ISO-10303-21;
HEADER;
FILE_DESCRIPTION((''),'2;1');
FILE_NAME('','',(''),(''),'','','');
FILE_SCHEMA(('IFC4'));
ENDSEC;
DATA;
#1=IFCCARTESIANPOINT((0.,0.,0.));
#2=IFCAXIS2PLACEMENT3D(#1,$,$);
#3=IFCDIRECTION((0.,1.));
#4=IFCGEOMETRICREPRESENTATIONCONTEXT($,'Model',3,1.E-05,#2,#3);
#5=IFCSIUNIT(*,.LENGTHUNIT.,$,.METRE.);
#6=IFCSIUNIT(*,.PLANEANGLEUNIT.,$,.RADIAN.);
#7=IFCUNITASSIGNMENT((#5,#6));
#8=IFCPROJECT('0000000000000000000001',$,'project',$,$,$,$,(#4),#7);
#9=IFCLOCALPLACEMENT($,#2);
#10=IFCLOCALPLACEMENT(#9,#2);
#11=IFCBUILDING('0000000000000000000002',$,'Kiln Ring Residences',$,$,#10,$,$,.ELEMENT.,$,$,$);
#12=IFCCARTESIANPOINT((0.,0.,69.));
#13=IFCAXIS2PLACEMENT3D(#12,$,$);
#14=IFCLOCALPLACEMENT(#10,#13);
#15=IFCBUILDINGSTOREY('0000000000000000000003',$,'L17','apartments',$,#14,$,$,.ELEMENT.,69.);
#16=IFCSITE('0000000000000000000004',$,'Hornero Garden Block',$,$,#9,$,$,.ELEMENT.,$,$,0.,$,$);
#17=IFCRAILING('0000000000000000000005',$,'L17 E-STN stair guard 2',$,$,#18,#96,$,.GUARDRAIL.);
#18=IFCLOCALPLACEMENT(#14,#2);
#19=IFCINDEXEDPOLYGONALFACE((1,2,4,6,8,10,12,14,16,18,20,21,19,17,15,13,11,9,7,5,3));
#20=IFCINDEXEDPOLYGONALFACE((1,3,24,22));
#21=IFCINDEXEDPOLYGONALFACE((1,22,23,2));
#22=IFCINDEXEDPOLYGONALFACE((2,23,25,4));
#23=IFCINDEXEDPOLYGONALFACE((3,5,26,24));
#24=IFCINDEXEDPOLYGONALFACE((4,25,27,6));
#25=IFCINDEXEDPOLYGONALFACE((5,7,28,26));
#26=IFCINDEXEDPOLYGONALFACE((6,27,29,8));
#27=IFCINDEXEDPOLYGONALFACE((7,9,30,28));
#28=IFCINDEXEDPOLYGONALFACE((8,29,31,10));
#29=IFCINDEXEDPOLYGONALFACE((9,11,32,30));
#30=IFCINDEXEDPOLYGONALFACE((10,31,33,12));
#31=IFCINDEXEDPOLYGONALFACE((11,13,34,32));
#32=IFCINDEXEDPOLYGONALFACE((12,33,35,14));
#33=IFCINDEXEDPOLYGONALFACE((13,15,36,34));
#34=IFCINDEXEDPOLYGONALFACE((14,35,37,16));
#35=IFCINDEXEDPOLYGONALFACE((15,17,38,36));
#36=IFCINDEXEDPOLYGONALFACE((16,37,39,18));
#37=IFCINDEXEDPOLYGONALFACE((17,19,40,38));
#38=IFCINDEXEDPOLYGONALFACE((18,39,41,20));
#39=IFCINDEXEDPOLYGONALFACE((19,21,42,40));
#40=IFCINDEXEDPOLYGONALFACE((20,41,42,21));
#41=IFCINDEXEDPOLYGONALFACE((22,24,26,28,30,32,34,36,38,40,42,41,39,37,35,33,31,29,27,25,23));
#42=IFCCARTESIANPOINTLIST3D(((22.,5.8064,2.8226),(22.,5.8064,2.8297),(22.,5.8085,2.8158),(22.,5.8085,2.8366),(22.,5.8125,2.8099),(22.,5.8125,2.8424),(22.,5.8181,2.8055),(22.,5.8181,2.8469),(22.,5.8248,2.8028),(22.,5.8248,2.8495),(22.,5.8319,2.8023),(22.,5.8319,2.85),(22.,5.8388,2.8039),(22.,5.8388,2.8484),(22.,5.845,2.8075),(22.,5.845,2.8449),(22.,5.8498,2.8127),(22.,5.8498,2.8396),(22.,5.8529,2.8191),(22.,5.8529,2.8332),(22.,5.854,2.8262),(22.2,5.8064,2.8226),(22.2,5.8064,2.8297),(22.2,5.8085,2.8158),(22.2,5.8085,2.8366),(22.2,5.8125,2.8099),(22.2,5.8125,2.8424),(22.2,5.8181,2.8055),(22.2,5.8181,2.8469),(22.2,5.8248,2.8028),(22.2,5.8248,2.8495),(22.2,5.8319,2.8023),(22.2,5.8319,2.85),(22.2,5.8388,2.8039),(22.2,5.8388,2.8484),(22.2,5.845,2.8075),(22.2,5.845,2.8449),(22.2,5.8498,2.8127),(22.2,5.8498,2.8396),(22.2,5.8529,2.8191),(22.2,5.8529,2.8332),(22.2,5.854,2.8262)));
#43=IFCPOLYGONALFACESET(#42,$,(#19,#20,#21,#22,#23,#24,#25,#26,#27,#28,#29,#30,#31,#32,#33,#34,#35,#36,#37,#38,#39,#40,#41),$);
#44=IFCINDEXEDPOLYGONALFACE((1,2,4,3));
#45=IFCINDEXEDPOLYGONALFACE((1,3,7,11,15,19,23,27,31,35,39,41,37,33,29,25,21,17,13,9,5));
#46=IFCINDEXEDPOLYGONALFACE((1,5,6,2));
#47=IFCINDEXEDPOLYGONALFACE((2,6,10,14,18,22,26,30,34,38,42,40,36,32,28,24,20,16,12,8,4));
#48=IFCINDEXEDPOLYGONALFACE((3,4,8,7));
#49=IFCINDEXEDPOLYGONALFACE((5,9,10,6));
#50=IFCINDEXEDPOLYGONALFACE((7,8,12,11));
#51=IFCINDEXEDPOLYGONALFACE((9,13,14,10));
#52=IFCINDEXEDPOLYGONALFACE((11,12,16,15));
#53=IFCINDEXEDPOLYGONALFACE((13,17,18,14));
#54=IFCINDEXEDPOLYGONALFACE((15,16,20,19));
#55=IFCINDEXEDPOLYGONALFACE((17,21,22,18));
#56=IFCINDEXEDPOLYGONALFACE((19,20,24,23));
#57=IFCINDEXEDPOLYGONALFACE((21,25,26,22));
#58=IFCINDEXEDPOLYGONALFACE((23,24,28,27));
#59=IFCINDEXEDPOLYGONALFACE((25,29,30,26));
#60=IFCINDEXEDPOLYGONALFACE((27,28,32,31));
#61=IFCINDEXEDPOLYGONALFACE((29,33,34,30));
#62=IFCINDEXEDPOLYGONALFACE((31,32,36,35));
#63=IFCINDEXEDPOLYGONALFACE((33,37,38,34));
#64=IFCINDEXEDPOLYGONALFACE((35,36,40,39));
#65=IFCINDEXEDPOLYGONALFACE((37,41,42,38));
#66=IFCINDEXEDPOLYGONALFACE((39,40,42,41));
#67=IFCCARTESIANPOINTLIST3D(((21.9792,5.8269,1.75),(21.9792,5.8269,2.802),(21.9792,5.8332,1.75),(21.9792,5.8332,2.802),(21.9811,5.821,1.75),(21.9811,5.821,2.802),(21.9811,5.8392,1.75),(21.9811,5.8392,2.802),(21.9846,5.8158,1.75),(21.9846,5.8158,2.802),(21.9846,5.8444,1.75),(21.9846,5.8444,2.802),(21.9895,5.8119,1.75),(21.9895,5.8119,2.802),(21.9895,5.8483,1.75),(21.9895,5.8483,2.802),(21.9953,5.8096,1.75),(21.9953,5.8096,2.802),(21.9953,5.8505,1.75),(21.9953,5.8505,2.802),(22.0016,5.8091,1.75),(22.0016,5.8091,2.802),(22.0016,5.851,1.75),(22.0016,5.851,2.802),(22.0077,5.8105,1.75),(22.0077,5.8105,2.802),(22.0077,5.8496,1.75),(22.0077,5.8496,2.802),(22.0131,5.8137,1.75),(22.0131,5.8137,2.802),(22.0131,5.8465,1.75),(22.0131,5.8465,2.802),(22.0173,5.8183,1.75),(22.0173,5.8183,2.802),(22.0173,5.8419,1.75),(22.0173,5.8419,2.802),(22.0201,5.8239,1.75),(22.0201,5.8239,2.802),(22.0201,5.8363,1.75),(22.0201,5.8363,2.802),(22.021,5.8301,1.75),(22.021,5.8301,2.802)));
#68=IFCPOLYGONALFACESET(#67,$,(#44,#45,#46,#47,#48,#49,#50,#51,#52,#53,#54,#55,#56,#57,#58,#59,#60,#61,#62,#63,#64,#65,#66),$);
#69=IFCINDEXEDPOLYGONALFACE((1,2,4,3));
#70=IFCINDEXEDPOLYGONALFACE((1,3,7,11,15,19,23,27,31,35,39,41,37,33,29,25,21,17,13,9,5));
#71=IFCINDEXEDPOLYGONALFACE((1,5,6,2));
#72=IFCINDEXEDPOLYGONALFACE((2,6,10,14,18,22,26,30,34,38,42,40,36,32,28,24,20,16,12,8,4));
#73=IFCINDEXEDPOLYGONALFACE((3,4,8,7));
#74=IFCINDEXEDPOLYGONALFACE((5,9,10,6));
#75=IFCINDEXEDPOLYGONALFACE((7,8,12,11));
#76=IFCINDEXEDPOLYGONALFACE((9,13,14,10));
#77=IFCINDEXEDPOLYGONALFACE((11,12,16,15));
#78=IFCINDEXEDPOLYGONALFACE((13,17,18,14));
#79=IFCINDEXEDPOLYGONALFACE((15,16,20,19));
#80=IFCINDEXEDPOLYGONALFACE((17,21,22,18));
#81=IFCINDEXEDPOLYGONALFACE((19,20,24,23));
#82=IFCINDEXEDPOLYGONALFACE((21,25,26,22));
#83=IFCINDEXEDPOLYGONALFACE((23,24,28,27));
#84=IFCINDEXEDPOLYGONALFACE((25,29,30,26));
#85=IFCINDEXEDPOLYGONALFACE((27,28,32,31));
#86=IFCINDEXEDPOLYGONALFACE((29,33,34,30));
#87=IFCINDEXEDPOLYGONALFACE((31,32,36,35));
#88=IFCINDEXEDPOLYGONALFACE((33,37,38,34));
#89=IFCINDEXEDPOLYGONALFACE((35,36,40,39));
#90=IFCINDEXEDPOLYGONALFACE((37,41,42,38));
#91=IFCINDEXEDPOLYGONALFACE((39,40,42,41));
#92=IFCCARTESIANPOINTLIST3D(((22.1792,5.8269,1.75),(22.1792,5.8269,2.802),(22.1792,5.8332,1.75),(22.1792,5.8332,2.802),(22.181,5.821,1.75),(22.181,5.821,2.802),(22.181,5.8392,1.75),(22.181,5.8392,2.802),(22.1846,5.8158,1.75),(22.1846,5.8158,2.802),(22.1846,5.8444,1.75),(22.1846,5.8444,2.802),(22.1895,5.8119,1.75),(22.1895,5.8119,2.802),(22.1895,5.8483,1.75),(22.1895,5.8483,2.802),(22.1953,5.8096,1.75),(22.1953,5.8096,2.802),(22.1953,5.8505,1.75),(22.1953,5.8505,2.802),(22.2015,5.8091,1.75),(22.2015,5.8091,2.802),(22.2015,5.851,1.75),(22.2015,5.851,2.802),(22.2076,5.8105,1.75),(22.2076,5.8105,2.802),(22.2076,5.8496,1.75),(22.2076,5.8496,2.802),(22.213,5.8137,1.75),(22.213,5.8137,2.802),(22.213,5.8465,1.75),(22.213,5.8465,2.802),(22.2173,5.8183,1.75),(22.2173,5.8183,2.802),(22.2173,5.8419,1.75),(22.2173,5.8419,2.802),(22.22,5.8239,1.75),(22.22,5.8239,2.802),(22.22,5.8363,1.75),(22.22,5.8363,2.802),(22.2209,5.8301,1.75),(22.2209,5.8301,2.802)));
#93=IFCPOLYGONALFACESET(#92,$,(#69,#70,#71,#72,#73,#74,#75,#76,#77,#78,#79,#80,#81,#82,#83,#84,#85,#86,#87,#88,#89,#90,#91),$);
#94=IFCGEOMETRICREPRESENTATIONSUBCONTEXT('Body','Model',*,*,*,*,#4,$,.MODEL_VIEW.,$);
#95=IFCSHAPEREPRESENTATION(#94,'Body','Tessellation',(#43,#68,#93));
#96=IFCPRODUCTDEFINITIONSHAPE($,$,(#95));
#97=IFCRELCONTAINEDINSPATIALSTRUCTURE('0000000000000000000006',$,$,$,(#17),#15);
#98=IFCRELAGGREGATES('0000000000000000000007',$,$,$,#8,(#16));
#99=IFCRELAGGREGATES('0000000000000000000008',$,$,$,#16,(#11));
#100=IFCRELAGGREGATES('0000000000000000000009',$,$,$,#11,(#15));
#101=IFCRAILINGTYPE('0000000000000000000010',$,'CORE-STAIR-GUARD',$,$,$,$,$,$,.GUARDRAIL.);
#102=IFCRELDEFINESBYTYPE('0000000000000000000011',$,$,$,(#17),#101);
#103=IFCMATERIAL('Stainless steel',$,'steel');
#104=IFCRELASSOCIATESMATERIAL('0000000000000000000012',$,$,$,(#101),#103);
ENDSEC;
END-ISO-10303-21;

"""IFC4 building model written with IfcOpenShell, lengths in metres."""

from ifc_helpers import new_model, si_unit, direction, frame, origin, origin_2d, place, context, subcontext, project, spatial, circle, extrude, material, type_object, element, save


model = new_model("IFC4")

# Units and contexts
model_context = context("Model", 3, precision=1e-05, world=origin(), true_north=direction((0.0, 1.0)))
body_context = subcontext(model_context, "Body", "Model", "MODEL_VIEW")
ifc_project = project(units=[si_unit("LENGTHUNIT", "METRE"), si_unit("PLANEANGLEUNIT", "RADIAN")], contexts=[model_context])

# Site, building, storey
site_placement = place(None, origin())
site = spatial("IfcSite", under=ifc_project, at=site_placement, Name="Hornero Garden Block", CompositionType="ELEMENT", RefElevation=0.0)
building_placement = place(site_placement, origin())
building = spatial("IfcBuilding", under=site, at=building_placement, Name="Kiln Ring Residences", CompositionType="ELEMENT")
storey_placement = place(building_placement, frame((0.0, 0.0, 69.0)))
storey = spatial("IfcBuildingStorey", under=building, at=storey_placement, Name="L17", Description="apartments", CompositionType="ELEMENT", Elevation=69.0)

# Railing
ifc_material_1 = material(Name="Stainless steel", Category="steel")
railing_type_1 = type_object("IfcRailingType", Name="CORE-STAIR-GUARD", PredefinedType="GUARDRAIL", material=ifc_material_1)
railing_1_placement = place(storey_placement, frame((22.0, 5.8301, 1.75)))
element("IfcRailing", 1, at=railing_1_placement, inside=storey, type_object=railing_type_1, Name="L17 E-STN stair guard 2", PredefinedType="GUARDRAIL", context=body_context, shape_type="SweptSolid", body=[
    extrude(circle(Radius=0.0239, at=origin_2d()), frame((0.0, 0.0, 1.0762), z_axis=(1.0, 0.0, 0.0), x_axis=(0.0, 1.0, 0.0)), (0.0, 0.0, 1.0), 0.2),
    extrude(circle(Radius=0.021, at=origin_2d()), origin(), (0.0, 0.0, 1.0), 1.052),
    extrude(circle(Radius=0.021, at=origin_2d()), frame((0.2, 0.0, 0.0)), (0.0, 0.0, 1.0), 1.052),
])

save(model, "model.ifc")
